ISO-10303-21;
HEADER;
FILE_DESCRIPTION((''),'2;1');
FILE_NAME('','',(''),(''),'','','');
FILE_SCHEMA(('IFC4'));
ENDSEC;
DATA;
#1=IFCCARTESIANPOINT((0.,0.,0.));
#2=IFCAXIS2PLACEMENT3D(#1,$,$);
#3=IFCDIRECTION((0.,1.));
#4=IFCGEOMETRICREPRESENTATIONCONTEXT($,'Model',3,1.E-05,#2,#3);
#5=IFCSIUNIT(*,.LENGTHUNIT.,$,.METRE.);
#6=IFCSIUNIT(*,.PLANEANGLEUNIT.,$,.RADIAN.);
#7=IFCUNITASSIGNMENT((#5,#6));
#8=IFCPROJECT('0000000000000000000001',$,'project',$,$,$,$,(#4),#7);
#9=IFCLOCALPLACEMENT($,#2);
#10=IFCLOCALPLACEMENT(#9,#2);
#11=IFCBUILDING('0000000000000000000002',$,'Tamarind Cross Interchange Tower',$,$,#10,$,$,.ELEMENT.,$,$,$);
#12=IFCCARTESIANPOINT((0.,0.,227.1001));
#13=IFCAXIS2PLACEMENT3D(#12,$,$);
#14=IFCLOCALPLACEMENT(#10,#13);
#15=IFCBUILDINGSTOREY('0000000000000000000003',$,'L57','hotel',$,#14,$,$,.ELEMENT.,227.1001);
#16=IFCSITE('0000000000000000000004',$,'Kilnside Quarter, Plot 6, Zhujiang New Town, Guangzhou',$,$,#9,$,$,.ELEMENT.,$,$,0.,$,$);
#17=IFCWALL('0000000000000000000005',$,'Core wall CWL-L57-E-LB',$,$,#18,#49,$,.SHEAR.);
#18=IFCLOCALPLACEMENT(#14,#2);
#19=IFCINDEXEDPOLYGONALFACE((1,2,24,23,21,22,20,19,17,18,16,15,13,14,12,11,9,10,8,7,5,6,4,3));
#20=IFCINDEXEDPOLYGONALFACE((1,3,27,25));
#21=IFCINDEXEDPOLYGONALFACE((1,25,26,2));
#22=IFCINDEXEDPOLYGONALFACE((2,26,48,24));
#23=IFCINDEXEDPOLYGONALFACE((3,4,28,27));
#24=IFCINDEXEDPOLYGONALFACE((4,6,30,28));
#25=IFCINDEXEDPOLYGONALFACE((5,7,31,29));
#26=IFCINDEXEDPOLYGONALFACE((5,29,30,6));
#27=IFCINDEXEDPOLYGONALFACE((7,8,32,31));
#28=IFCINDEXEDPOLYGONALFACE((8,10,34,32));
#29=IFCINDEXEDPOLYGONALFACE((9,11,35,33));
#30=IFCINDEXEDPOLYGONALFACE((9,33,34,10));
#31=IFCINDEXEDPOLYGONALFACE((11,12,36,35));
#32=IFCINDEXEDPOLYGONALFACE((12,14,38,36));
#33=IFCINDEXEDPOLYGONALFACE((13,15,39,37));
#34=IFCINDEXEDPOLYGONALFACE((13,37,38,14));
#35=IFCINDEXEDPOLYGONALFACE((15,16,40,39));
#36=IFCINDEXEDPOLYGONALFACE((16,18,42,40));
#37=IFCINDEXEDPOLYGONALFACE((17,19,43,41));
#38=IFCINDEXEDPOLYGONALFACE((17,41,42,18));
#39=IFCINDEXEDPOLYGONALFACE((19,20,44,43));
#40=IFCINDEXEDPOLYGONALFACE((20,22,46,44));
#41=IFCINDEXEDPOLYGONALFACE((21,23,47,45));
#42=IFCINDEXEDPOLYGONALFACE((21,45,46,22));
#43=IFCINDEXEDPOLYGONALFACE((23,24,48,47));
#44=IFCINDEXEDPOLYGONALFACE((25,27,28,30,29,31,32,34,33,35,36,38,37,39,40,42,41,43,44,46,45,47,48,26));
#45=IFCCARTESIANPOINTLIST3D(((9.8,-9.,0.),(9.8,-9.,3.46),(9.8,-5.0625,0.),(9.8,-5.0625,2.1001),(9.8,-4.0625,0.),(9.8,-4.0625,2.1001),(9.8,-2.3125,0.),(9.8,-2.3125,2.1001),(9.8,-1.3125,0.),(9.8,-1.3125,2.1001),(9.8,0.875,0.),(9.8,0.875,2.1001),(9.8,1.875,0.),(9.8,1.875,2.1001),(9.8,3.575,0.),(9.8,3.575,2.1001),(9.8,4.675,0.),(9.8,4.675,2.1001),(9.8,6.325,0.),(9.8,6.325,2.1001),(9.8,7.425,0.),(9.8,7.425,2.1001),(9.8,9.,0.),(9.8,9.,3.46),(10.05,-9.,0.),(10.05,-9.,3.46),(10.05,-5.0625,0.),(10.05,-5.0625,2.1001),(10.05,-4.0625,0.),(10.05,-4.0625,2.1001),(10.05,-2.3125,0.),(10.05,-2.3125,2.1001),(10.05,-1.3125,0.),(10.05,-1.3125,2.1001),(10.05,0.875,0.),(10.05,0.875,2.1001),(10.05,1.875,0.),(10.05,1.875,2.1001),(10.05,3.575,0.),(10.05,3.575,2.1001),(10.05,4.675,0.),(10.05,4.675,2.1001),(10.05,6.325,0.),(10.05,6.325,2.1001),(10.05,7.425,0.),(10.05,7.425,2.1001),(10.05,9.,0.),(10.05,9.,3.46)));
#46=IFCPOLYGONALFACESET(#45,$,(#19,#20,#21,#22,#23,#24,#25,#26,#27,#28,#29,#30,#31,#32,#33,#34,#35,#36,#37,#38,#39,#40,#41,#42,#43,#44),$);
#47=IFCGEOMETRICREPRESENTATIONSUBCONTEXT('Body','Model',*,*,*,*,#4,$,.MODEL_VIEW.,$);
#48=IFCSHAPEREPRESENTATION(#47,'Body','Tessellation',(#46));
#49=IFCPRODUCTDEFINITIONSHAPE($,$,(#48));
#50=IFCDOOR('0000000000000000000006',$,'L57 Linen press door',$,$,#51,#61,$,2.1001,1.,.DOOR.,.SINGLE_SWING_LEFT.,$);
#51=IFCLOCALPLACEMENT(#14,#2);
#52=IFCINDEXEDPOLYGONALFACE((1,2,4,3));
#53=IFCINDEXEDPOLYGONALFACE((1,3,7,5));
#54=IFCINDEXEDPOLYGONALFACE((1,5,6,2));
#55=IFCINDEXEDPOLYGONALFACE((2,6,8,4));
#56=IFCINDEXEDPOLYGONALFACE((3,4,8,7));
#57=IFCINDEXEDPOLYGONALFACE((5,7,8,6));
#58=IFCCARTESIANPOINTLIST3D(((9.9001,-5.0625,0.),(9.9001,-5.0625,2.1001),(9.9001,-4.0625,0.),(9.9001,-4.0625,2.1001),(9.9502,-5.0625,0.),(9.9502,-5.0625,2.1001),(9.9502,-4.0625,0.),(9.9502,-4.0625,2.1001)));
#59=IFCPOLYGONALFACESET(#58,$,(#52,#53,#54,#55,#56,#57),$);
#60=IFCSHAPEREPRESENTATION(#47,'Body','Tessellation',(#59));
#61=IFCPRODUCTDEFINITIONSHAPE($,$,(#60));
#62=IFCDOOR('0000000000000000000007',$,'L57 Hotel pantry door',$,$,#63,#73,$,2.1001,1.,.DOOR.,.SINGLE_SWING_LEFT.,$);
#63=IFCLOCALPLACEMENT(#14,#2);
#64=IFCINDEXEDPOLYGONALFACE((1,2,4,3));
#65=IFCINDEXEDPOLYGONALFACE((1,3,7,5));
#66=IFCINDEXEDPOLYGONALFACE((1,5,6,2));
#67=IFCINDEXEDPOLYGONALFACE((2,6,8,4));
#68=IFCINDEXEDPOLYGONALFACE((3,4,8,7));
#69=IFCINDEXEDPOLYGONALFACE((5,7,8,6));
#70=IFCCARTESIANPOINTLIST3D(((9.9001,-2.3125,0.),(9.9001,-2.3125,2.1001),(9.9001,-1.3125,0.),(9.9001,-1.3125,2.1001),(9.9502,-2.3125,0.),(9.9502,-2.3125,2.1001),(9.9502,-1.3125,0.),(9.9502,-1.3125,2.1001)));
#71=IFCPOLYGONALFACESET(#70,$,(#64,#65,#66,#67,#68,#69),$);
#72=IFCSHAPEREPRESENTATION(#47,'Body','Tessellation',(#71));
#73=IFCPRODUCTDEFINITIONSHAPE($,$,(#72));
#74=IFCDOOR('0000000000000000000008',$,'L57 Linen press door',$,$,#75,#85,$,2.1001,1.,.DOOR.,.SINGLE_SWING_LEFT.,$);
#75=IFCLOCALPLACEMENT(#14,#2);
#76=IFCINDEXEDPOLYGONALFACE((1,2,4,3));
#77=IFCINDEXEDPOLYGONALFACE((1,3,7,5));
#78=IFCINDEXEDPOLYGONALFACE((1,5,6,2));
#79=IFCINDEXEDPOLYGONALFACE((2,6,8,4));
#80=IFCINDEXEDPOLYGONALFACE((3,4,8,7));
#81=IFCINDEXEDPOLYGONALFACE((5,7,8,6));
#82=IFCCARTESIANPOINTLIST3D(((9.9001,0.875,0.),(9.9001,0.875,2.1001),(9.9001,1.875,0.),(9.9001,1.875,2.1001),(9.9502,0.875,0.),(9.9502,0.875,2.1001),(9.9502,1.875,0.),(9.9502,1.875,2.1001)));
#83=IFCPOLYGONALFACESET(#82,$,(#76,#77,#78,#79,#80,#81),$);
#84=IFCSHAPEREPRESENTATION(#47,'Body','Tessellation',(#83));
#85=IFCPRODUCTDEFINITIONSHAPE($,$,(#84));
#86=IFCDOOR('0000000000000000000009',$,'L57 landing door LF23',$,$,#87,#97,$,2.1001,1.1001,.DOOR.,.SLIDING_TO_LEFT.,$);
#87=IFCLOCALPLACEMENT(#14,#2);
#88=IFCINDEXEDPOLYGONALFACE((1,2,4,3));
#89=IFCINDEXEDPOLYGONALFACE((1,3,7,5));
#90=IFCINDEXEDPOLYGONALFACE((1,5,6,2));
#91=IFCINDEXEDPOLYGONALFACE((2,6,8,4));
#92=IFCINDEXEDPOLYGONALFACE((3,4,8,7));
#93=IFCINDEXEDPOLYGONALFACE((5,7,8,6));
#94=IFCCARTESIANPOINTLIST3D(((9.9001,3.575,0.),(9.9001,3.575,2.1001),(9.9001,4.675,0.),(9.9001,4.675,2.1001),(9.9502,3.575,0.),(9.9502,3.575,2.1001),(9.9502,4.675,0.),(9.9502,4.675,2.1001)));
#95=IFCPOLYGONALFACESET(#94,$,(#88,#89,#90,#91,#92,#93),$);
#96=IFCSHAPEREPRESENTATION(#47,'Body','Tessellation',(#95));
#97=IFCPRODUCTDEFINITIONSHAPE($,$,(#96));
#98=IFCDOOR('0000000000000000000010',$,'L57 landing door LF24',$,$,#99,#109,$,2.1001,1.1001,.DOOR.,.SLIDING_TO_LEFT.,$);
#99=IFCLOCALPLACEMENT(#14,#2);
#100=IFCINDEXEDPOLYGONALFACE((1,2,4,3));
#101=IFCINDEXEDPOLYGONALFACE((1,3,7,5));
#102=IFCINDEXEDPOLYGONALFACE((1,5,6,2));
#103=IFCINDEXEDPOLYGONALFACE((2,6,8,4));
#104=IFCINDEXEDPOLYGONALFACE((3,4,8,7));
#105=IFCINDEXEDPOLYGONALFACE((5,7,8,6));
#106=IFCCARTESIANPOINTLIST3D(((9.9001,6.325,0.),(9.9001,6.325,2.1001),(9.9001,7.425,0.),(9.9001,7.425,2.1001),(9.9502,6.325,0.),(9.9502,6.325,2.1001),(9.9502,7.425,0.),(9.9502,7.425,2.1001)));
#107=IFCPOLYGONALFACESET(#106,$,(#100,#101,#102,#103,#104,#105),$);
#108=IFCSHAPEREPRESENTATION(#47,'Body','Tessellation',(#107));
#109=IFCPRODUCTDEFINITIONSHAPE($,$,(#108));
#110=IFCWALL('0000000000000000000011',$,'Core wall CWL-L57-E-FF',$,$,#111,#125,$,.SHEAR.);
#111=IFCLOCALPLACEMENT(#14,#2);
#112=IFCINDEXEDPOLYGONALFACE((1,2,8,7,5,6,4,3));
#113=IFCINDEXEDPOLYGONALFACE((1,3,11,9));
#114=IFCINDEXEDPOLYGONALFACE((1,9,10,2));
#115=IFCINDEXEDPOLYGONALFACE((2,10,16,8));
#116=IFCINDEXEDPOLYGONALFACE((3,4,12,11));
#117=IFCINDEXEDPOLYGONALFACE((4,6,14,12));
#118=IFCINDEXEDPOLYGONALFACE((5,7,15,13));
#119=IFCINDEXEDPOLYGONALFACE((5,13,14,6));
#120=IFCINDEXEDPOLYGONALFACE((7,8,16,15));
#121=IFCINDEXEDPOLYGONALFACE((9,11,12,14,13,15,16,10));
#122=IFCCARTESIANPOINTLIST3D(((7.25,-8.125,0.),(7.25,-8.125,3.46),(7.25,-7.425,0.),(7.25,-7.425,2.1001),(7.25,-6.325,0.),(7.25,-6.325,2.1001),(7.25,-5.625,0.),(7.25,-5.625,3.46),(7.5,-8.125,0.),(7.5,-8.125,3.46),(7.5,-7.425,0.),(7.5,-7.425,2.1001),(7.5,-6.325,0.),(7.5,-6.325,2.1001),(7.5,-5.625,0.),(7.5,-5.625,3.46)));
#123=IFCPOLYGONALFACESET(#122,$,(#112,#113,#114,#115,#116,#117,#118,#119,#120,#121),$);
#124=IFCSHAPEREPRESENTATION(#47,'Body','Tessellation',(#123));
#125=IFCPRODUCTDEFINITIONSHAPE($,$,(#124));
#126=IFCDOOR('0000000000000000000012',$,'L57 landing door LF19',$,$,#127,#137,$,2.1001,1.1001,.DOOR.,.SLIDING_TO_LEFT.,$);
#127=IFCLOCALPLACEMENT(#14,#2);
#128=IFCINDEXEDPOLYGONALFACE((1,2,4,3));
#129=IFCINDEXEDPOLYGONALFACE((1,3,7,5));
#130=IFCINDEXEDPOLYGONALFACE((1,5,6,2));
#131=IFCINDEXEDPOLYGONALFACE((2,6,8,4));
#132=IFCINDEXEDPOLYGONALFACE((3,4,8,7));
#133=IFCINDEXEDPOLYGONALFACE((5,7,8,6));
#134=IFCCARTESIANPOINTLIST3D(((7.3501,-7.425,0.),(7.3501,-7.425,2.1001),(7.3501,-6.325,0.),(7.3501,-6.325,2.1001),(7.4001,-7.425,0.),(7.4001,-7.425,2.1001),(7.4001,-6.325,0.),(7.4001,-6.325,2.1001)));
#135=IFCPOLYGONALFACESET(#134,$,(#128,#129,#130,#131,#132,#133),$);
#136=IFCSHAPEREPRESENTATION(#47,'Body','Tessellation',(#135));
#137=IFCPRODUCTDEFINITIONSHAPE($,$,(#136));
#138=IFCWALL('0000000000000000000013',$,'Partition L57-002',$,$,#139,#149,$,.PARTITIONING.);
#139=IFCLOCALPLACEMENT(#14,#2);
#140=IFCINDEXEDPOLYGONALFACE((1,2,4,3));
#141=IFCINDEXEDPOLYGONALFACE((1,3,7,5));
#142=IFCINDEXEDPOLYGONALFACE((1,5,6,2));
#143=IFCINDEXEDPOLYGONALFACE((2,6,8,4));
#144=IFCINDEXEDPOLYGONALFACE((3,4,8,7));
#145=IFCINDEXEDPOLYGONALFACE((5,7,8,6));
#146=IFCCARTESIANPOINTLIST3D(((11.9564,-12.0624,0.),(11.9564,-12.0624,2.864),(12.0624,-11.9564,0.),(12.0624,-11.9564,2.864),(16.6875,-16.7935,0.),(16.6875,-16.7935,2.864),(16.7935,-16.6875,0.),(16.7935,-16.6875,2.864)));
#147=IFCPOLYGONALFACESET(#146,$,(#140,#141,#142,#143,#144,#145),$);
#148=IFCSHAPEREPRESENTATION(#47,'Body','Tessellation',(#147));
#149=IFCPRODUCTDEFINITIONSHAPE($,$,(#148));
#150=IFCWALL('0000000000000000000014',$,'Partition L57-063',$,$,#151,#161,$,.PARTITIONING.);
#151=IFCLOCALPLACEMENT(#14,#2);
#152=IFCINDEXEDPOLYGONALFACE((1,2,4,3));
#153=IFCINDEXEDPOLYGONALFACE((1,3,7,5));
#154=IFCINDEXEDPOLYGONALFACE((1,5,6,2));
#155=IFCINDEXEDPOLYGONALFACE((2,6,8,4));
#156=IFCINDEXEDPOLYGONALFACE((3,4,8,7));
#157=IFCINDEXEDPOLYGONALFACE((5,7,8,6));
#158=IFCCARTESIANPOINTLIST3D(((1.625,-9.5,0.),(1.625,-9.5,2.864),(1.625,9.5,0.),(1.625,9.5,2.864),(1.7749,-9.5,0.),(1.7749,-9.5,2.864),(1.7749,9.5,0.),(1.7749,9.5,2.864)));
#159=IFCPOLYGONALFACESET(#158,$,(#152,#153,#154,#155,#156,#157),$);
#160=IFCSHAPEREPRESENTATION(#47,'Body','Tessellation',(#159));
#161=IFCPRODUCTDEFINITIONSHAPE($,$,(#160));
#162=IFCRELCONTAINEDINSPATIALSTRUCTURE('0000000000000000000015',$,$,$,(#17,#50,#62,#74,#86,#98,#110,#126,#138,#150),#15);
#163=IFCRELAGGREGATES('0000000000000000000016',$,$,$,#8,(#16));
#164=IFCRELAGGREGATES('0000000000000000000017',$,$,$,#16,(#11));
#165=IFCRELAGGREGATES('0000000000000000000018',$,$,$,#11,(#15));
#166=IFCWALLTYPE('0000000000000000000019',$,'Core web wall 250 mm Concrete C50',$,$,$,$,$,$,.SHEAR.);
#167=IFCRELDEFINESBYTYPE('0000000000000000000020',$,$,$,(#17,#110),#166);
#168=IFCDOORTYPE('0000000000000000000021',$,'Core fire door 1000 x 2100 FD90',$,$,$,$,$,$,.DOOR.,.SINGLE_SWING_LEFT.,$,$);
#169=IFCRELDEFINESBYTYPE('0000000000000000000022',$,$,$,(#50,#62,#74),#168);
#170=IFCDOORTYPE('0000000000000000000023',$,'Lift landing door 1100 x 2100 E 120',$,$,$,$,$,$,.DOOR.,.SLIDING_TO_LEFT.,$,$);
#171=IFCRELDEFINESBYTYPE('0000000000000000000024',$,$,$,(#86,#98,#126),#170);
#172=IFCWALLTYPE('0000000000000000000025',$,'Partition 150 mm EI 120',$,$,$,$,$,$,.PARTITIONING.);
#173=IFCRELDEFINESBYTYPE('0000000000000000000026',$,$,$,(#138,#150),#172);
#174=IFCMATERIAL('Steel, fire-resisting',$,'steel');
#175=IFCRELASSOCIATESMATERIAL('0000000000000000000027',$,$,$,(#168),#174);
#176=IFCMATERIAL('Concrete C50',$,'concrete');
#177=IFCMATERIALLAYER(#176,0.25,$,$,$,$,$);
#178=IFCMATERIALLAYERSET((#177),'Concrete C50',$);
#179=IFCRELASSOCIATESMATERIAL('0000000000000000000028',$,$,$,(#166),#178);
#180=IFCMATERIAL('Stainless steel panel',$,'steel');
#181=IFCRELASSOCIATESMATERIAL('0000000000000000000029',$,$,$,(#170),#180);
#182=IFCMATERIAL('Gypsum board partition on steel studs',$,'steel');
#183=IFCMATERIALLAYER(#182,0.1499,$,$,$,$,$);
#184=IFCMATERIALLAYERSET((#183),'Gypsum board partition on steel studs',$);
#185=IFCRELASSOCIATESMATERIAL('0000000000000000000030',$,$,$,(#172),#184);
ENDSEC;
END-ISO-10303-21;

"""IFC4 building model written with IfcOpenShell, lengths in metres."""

from ifc_helpers import new_model, si_unit, direction, frame, frame_2d, origin, place, context, subcontext, project, spatial, rectangle, extrude, material, layer, layer_set, type_object, element, fill, save


model = new_model("IFC4")

# Units and contexts
model_context = context("Model", 3, precision=1e-05, world=origin(), true_north=direction((0.0, 1.0)))
body_context = subcontext(model_context, "Body", "Model", "MODEL_VIEW")
ifc_project = project(units=[si_unit("LENGTHUNIT", "METRE"), si_unit("PLANEANGLEUNIT", "RADIAN")], contexts=[model_context])

# Site, building, storey
site_placement = place(None, origin())
site = spatial("IfcSite", under=ifc_project, at=site_placement, Name="Kilnside Quarter, Plot 6, Zhujiang New Town, Guangzhou", CompositionType="ELEMENT", RefElevation=0.0)
building_placement = place(site_placement, origin())
building = spatial("IfcBuilding", under=site, at=building_placement, Name="Tamarind Cross Interchange Tower", CompositionType="ELEMENT")
storey_placement = place(building_placement, frame((0.0, 0.0, 227.1001)))
storey = spatial("IfcBuildingStorey", under=building, at=storey_placement, Name="L57", Description="hotel", CompositionType="ELEMENT", Elevation=227.1001)

# Shared definitions
ifc_material_1 = material(Name="Concrete C50", Category="concrete")
ifc_material_2 = material(Name="Steel, fire-resisting", Category="steel")
door_type_1 = type_object("IfcDoorType", Name="Core fire door 1000 x 2100 FD90", OperationType="SINGLE_SWING_LEFT", PredefinedType="DOOR", material=ifc_material_2)

# Shared definitions
ifc_layer_1 = layer(ifc_material_1, 0.25)
ifc_layer_set_1 = layer_set([ifc_layer_1], Name="Concrete C50")
wall_type_1 = type_object("IfcWallType", Name="Core web wall 250 mm Concrete C50", PredefinedType="SHEAR", material=ifc_layer_set_1)

# Wall, openings, doors
wall_1_placement = place(storey_placement, frame((9.925, -9.0, 0.0), z_axis=(0.0, 0.0, 1.0), x_axis=(0.0, 1.0, 0.0)))
wall_1 = element("IfcWall", 1, at=wall_1_placement, inside=storey, type_object=wall_type_1, Name="Core wall CWL-L57-E-LB", PredefinedType="SHEAR", context=body_context, shape_type="SweptSolid", body=[
    extrude(rectangle(XDim=18.0, YDim=0.25, at=frame_2d((9.0, 0.0))), origin(), (0.0, 0.0, 1.0), 3.46),
])
opening_1_placement = place(wall_1_placement, frame((12.575, 0.0, 0.0)))
opening_1 = element("IfcOpeningElement", 2, at=opening_1_placement, cuts=wall_1, PredefinedType="OPENING", context=body_context, shape_type="SweptSolid", body=[
    extrude(rectangle(XDim=1.1001, YDim=2.1001, at=frame_2d((0.55, 1.05))), frame((0.0, 0.135, 0.0), z_axis=(0.0, -1.0, 0.0), x_axis=(1.0, 0.0, 0.0)), (0.0, 0.0, 1.0), 0.27),
])
opening_2_placement = place(wall_1_placement, frame((15.325, 0.0, 0.0)))
opening_2 = element("IfcOpeningElement", 3, at=opening_2_placement, cuts=wall_1, PredefinedType="OPENING", context=body_context, shape_type="SweptSolid", body=[
    extrude(rectangle(XDim=1.1001, YDim=2.1001, at=frame_2d((0.55, 1.05))), frame((0.0, 0.135, 0.0), z_axis=(0.0, -1.0, 0.0), x_axis=(1.0, 0.0, 0.0)), (0.0, 0.0, 1.0), 0.27),
])
opening_3_placement = place(wall_1_placement, frame((3.9375, 0.0, 0.0)))
opening_3 = element("IfcOpeningElement", 4, at=opening_3_placement, cuts=wall_1, PredefinedType="OPENING", context=body_context, shape_type="SweptSolid", body=[
    extrude(rectangle(XDim=1.0, YDim=2.1001, at=frame_2d((0.5, 1.05))), frame((0.0, 0.135, 0.0), z_axis=(0.0, -1.0, 0.0), x_axis=(1.0, 0.0, 0.0)), (0.0, 0.0, 1.0), 0.27),
])
opening_4_placement = place(wall_1_placement, frame((6.6875, 0.0, 0.0)))
opening_4 = element("IfcOpeningElement", 5, at=opening_4_placement, cuts=wall_1, PredefinedType="OPENING", context=body_context, shape_type="SweptSolid", body=[
    extrude(rectangle(XDim=1.0, YDim=2.1001, at=frame_2d((0.5, 1.05))), frame((0.0, 0.135, 0.0), z_axis=(0.0, -1.0, 0.0), x_axis=(1.0, 0.0, 0.0)), (0.0, 0.0, 1.0), 0.27),
])
opening_5_placement = place(wall_1_placement, frame((9.875, 0.0, 0.0)))
opening_5 = element("IfcOpeningElement", 6, at=opening_5_placement, cuts=wall_1, PredefinedType="OPENING", context=body_context, shape_type="SweptSolid", body=[
    extrude(rectangle(XDim=1.0, YDim=2.1001, at=frame_2d((0.5, 1.05))), frame((0.0, 0.135, 0.0), z_axis=(0.0, -1.0, 0.0), x_axis=(1.0, 0.0, 0.0)), (0.0, 0.0, 1.0), 0.27),
])
door_1_placement = place(opening_3_placement, origin())
door_1 = element("IfcDoor", 7, at=door_1_placement, inside=storey, type_object=door_type_1, Name="L57 Linen press door", OperationType="SINGLE_SWING_LEFT", OverallHeight=2.1001, OverallWidth=1.0, PredefinedType="DOOR", context=body_context, shape_type="SweptSolid", body=[
    extrude(rectangle(XDim=1.0, YDim=2.1001, at=frame_2d((0.5, 1.05))), frame((0.0, 0.0249, 0.0), z_axis=(0.0, -1.0, 0.0), x_axis=(1.0, 0.0, 0.0)), (0.0, 0.0, 1.0), 0.05),
])
fill(opening_3, door_1)
door_2_placement = place(opening_4_placement, origin())
door_2 = element("IfcDoor", 8, at=door_2_placement, inside=storey, type_object=door_type_1, Name="L57 Hotel pantry door", OperationType="SINGLE_SWING_LEFT", OverallHeight=2.1001, OverallWidth=1.0, PredefinedType="DOOR", context=body_context, shape_type="SweptSolid", body=[
    extrude(rectangle(XDim=1.0, YDim=2.1001, at=frame_2d((0.5, 1.05))), frame((0.0, 0.0249, 0.0), z_axis=(0.0, -1.0, 0.0), x_axis=(1.0, 0.0, 0.0)), (0.0, 0.0, 1.0), 0.05),
])
fill(opening_4, door_2)
door_3_placement = place(opening_5_placement, origin())
door_3 = element("IfcDoor", 9, at=door_3_placement, inside=storey, type_object=door_type_1, Name="L57 Linen press door", OperationType="SINGLE_SWING_LEFT", OverallHeight=2.1001, OverallWidth=1.0, PredefinedType="DOOR", context=body_context, shape_type="SweptSolid", body=[
    extrude(rectangle(XDim=1.0, YDim=2.1001, at=frame_2d((0.5, 1.05))), frame((0.0, 0.0249, 0.0), z_axis=(0.0, -1.0, 0.0), x_axis=(1.0, 0.0, 0.0)), (0.0, 0.0, 1.0), 0.05),
])
fill(opening_5, door_3)
ifc_material_3 = material(Name="Stainless steel panel", Category="steel")
door_type_2 = type_object("IfcDoorType", Name="Lift landing door 1100 x 2100 E 120", OperationType="SLIDING_TO_LEFT", PredefinedType="DOOR", material=ifc_material_3)
door_4_placement = place(opening_1_placement, origin())
door_4 = element("IfcDoor", 10, at=door_4_placement, inside=storey, type_object=door_type_2, Name="L57 landing door LF23", OperationType="SLIDING_TO_LEFT", OverallHeight=2.1001, OverallWidth=1.1001, PredefinedType="DOOR", context=body_context, shape_type="SweptSolid", body=[
    extrude(rectangle(XDim=1.1001, YDim=2.1001, at=frame_2d((0.55, 1.05))), frame((0.0, 0.0249, 0.0), z_axis=(0.0, -1.0, 0.0), x_axis=(1.0, 0.0, 0.0)), (0.0, 0.0, 1.0), 0.05),
])
fill(opening_1, door_4)
door_5_placement = place(opening_2_placement, origin())
door_5 = element("IfcDoor", 11, at=door_5_placement, inside=storey, type_object=door_type_2, Name="L57 landing door LF24", OperationType="SLIDING_TO_LEFT", OverallHeight=2.1001, OverallWidth=1.1001, PredefinedType="DOOR", context=body_context, shape_type="SweptSolid", body=[
    extrude(rectangle(XDim=1.1001, YDim=2.1001, at=frame_2d((0.55, 1.05))), frame((0.0, 0.0249, 0.0), z_axis=(0.0, -1.0, 0.0), x_axis=(1.0, 0.0, 0.0)), (0.0, 0.0, 1.0), 0.05),
])
fill(opening_2, door_5)

# Wall, opening, door
wall_2_placement = place(storey_placement, frame((7.375, -8.125, 0.0), z_axis=(0.0, 0.0, 1.0), x_axis=(0.0, 1.0, 0.0)))
wall_2 = element("IfcWall", 12, at=wall_2_placement, inside=storey, type_object=wall_type_1, Name="Core wall CWL-L57-E-FF", PredefinedType="SHEAR", context=body_context, shape_type="SweptSolid", body=[
    extrude(rectangle(XDim=2.5, YDim=0.25, at=frame_2d((1.25, 0.0))), origin(), (0.0, 0.0, 1.0), 3.46),
])
opening_6_placement = place(wall_2_placement, frame((0.7, 0.0, 0.0)))
opening_6 = element("IfcOpeningElement", 13, at=opening_6_placement, cuts=wall_2, PredefinedType="OPENING", context=body_context, shape_type="SweptSolid", body=[
    extrude(rectangle(XDim=1.1001, YDim=2.1001, at=frame_2d((0.55, 1.05))), frame((0.0, 0.135, 0.0), z_axis=(0.0, -1.0, 0.0), x_axis=(1.0, 0.0, 0.0)), (0.0, 0.0, 1.0), 0.27),
])
door_6_placement = place(opening_6_placement, origin())
door_6 = element("IfcDoor", 14, at=door_6_placement, inside=storey, type_object=door_type_2, Name="L57 landing door LF19", OperationType="SLIDING_TO_LEFT", OverallHeight=2.1001, OverallWidth=1.1001, PredefinedType="DOOR", context=body_context, shape_type="SweptSolid", body=[
    extrude(rectangle(XDim=1.1001, YDim=2.1001, at=frame_2d((0.55, 1.05))), frame((0.0, 0.0249, 0.0), z_axis=(0.0, -1.0, 0.0), x_axis=(1.0, 0.0, 0.0)), (0.0, 0.0, 1.0), 0.05),
])
fill(opening_6, door_6)

# Walls
ifc_material_4 = material(Name="Gypsum board partition on steel studs", Category="steel")
ifc_layer_2 = layer(ifc_material_4, 0.1499)
ifc_layer_set_2 = layer_set([ifc_layer_2], Name="Gypsum board partition on steel studs")
wall_type_2 = type_object("IfcWallType", Name="Partition 150 mm EI 120", PredefinedType="PARTITIONING", material=ifc_layer_set_2)
wall_3_placement = place(storey_placement, frame((12.0095, -12.0095, 0.0), z_axis=(0.0, 0.0, 1.0), x_axis=(0.707107, -0.707107, 0.0)))
element("IfcWall", 15, at=wall_3_placement, inside=storey, type_object=wall_type_2, Name="Partition L57-002", PredefinedType="PARTITIONING", context=body_context, shape_type="SweptSolid", body=[
    extrude(rectangle(XDim=6.6907, YDim=0.1499, at=frame_2d((3.3452, 0.0))), origin(), (0.0, 0.0, 1.0), 2.864),
])
wall_4_placement = place(storey_placement, frame((1.7, -9.5, 0.0), z_axis=(0.0, 0.0, 1.0), x_axis=(0.0, 1.0, 0.0)))
element("IfcWall", 16, at=wall_4_placement, inside=storey, type_object=wall_type_2, Name="Partition L57-063", PredefinedType="PARTITIONING", context=body_context, shape_type="SweptSolid", body=[
    extrude(rectangle(XDim=19.0, YDim=0.1499, at=frame_2d((9.5, 0.0))), origin(), (0.0, 0.0, 1.0), 2.864),
])

save(model, "model.ifc")
